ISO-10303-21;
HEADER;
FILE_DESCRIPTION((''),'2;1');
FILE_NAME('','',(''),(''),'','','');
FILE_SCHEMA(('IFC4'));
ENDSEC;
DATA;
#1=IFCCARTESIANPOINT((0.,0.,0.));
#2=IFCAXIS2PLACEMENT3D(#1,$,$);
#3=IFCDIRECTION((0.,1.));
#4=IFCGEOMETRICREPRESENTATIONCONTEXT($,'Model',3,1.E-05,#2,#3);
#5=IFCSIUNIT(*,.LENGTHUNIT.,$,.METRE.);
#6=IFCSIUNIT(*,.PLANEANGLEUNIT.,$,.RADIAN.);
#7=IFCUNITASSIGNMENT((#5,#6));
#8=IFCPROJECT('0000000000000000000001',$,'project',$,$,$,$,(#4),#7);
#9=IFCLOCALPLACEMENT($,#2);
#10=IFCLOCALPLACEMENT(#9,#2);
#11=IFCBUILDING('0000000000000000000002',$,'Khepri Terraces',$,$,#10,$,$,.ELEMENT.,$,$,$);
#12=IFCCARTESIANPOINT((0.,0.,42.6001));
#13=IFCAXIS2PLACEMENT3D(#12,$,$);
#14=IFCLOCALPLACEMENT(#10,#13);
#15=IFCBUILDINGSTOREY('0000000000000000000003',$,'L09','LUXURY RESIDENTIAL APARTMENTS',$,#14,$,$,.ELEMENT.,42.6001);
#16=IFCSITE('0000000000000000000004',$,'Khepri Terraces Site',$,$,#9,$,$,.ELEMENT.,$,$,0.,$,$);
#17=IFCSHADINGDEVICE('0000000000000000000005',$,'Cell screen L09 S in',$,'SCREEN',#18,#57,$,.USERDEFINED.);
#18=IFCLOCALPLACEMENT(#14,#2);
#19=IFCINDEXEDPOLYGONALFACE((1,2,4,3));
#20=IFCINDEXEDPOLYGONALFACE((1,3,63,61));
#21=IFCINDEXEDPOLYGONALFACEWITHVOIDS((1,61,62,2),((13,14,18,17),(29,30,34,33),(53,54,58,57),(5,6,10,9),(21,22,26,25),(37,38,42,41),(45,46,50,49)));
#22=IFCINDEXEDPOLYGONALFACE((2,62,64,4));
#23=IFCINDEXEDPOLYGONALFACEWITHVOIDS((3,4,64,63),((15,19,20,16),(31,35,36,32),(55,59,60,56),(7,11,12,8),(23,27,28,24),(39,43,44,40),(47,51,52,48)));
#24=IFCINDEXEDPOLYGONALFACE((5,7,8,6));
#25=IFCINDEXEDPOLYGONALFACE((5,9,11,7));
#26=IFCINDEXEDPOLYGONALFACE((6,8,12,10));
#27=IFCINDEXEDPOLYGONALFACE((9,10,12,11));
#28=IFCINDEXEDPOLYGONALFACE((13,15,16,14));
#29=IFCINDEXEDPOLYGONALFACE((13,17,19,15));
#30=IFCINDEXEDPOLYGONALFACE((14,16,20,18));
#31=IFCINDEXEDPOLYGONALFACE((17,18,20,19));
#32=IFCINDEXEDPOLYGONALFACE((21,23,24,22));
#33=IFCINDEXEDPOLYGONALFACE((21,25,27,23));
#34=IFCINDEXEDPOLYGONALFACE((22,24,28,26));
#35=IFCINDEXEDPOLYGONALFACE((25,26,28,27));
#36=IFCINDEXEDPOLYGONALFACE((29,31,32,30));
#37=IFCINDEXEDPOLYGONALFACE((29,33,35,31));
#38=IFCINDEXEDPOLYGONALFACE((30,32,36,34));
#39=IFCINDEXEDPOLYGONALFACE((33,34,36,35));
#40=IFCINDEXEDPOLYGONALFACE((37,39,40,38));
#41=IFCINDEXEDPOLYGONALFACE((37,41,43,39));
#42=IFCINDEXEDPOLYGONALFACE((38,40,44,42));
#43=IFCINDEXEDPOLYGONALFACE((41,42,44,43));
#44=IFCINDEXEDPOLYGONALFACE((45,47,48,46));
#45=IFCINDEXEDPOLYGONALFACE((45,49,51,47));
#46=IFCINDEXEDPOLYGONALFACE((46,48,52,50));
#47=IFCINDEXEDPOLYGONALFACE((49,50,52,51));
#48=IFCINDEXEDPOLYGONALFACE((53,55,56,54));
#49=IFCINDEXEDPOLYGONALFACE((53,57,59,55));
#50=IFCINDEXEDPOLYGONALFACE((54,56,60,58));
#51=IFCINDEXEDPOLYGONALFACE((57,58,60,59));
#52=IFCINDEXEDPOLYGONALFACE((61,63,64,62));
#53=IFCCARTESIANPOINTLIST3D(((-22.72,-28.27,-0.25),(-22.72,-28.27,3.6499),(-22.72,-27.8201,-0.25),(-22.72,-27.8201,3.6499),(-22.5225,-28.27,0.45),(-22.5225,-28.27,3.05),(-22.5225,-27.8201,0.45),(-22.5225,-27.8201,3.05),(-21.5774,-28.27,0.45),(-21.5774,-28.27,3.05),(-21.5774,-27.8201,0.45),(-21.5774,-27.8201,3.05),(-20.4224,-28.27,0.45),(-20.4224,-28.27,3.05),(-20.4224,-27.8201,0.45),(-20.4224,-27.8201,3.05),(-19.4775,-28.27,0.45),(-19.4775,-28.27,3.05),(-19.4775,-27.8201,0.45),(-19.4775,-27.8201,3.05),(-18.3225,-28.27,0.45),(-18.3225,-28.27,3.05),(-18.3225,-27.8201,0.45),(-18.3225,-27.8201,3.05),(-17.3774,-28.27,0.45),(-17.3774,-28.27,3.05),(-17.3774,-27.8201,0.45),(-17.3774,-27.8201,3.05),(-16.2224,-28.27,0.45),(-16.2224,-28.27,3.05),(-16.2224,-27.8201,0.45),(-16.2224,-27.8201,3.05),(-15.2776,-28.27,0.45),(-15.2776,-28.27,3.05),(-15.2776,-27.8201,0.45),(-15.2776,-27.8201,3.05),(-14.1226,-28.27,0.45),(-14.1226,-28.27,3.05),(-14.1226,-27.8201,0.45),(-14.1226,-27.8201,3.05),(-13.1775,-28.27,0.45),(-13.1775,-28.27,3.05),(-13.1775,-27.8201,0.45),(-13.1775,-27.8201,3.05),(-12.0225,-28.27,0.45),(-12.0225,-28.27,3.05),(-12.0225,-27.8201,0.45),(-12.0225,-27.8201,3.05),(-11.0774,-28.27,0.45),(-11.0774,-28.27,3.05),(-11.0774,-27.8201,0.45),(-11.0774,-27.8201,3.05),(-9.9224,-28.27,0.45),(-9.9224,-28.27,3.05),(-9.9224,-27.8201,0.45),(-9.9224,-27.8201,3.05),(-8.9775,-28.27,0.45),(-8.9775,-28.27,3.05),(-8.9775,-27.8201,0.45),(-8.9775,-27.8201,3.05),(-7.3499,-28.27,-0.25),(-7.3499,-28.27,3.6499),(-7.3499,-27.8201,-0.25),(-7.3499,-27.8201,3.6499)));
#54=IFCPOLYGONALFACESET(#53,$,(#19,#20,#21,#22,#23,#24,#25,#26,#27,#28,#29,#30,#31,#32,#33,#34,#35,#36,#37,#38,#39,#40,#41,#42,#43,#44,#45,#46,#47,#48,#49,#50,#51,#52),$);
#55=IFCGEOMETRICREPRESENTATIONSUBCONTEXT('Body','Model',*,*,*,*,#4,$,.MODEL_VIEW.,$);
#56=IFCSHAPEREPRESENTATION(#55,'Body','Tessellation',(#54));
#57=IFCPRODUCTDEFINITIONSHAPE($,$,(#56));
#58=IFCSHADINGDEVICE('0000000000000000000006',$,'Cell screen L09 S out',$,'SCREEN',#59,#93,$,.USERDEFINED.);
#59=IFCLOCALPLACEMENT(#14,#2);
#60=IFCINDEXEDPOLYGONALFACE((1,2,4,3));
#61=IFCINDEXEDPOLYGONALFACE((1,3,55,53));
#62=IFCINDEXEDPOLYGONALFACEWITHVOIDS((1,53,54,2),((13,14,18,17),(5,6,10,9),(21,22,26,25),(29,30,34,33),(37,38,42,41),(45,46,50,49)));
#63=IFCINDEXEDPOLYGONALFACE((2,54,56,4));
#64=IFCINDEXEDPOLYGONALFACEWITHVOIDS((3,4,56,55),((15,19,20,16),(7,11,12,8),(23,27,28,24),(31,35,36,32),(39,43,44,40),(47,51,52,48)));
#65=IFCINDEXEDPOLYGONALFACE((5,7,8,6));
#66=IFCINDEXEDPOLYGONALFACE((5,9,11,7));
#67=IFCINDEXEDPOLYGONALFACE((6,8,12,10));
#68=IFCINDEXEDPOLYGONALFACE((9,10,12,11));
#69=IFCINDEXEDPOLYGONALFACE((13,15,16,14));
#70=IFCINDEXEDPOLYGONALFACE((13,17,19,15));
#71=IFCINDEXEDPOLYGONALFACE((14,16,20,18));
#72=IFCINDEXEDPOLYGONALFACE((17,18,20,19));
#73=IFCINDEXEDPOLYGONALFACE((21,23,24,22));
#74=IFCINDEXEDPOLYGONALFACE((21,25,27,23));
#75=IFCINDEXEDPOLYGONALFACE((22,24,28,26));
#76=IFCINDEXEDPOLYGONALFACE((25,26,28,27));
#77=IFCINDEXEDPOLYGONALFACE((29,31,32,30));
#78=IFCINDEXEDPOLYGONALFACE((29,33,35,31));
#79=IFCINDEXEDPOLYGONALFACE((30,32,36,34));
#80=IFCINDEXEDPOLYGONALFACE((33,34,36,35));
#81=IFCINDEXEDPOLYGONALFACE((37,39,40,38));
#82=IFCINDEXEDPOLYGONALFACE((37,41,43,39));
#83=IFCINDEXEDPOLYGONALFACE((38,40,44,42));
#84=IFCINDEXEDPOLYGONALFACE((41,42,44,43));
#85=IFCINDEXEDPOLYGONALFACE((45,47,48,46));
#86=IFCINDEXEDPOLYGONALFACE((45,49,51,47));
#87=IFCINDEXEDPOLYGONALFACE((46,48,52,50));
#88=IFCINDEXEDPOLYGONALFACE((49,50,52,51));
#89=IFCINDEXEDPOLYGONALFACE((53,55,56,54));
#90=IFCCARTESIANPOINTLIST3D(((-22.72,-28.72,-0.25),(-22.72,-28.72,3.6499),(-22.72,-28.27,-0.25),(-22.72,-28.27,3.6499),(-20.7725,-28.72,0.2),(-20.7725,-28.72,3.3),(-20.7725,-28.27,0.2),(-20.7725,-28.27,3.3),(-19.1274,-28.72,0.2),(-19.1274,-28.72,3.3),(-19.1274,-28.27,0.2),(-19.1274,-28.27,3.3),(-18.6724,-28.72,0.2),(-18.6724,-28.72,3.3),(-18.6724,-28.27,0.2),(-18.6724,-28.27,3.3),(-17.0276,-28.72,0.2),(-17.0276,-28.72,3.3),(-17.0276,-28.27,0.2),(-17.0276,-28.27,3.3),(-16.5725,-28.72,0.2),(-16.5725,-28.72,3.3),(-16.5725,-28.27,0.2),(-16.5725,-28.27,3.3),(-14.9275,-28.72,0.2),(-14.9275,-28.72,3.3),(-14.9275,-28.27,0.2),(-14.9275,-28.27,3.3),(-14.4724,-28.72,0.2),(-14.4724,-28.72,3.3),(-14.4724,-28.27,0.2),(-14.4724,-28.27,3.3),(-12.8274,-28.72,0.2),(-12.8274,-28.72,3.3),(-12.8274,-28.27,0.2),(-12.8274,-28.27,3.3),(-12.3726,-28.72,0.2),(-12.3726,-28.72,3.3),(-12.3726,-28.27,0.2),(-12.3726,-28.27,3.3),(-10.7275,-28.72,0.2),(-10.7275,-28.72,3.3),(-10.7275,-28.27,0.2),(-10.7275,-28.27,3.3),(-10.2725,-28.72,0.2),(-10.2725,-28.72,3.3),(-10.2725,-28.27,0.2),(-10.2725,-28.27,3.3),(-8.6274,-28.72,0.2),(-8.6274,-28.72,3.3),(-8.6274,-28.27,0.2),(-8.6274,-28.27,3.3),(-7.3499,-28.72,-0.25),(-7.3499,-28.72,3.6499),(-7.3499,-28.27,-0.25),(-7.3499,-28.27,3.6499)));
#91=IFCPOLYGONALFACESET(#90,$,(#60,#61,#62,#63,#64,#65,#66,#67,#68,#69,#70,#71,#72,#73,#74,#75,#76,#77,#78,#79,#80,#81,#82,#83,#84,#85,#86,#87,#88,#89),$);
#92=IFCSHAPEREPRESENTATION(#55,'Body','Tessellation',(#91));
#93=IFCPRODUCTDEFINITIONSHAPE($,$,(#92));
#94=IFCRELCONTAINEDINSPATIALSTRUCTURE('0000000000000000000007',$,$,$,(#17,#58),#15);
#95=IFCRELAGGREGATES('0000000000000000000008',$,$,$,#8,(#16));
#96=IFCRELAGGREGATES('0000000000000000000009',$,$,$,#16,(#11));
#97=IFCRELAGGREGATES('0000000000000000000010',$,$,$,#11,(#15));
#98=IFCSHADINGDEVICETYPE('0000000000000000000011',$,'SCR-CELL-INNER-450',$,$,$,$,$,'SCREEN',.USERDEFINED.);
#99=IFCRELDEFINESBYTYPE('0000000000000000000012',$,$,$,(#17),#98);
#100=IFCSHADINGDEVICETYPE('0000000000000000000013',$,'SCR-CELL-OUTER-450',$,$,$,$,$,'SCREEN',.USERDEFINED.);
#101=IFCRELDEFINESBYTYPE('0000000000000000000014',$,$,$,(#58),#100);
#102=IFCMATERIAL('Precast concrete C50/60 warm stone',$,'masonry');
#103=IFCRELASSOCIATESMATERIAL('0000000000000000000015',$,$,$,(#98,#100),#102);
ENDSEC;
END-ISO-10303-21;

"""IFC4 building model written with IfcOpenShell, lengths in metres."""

from ifc_helpers import new_model, si_unit, direction, frame, origin, place, context, subcontext, project, spatial, polyline, outline, extrude, material, type_object, element, save


model = new_model("IFC4")

# Units and contexts
model_context = context("Model", 3, precision=1e-05, world=origin(), true_north=direction((0.0, 1.0)))
body_context = subcontext(model_context, "Body", "Model", "MODEL_VIEW")
ifc_project = project(units=[si_unit("LENGTHUNIT", "METRE"), si_unit("PLANEANGLEUNIT", "RADIAN")], contexts=[model_context])

# Site, building, storey
site_placement = place(None, origin())
site = spatial("IfcSite", under=ifc_project, at=site_placement, Name="Khepri Terraces Site", CompositionType="ELEMENT", RefElevation=0.0)
building_placement = place(site_placement, origin())
building = spatial("IfcBuilding", under=site, at=building_placement, Name="Khepri Terraces", CompositionType="ELEMENT")
storey_placement = place(building_placement, frame((0.0, 0.0, 42.6001)))
storey = spatial("IfcBuildingStorey", under=building, at=storey_placement, Name="L09", Description="LUXURY RESIDENTIAL APARTMENTS", CompositionType="ELEMENT", Elevation=42.6001)

# Shared definitions
ifc_material_1 = material(Name="Precast concrete C50/60 warm stone", Category="masonry")

# Shading devices
shading_device_type_1 = type_object("IfcShadingDeviceType", Name="SCR-CELL-INNER-450", ElementType="SCREEN", PredefinedType="USERDEFINED", material=ifc_material_1)
shading_device_1_placement = place(storey_placement, frame((-22.72, -27.8201, -0.25), z_axis=(0.0, -1.0, 0.0), x_axis=(1.0, 0.0, 0.0)))
element("IfcShadingDevice", 1, at=shading_device_1_placement, inside=storey, type_object=shading_device_type_1, Name="Cell screen L09 S in", ObjectType="SCREEN", PredefinedType="USERDEFINED", context=body_context, shape_type="SweptSolid", body=[
    extrude(outline(polyline([(0.0, 0.0), (15.3701, 0.0), (15.3701, 3.8999), (0.0, 3.8999), (0.0, 0.0)]), holes=[polyline([(0.1975, 0.7), (1.1426, 0.7), (1.1426, 3.3), (0.1975, 3.3), (0.1975, 0.7)]), polyline([(2.2976, 0.7), (3.2424, 0.7), (3.2424, 3.3), (2.2976, 3.3), (2.2976, 0.7)]), polyline([(4.3975, 0.7), (5.3425, 0.7), (5.3425, 3.3), (4.3975, 3.3), (4.3975, 0.7)]), polyline([(6.4976, 0.7), (7.4424, 0.7), (7.4424, 3.3), (6.4976, 3.3), (6.4976, 0.7)]), polyline([(8.5974, 0.7), (9.5425, 0.7), (9.5425, 3.3), (8.5974, 3.3), (8.5974, 0.7)]), polyline([(10.6975, 0.7), (11.6426, 0.7), (11.6426, 3.3), (10.6975, 3.3), (10.6975, 0.7)]), polyline([(12.7976, 0.7), (13.7424, 0.7), (13.7424, 3.3), (12.7976, 3.3), (12.7976, 0.7)])]), origin(), (0.0, 0.0, 1.0), 0.45),
])
shading_device_type_2 = type_object("IfcShadingDeviceType", Name="SCR-CELL-OUTER-450", ElementType="SCREEN", PredefinedType="USERDEFINED", material=ifc_material_1)
shading_device_2_placement = place(storey_placement, frame((-22.72, -28.27, -0.25), z_axis=(0.0, -1.0, 0.0), x_axis=(1.0, 0.0, 0.0)))
element("IfcShadingDevice", 2, at=shading_device_2_placement, inside=storey, type_object=shading_device_type_2, Name="Cell screen L09 S out", ObjectType="SCREEN", PredefinedType="USERDEFINED", context=body_context, shape_type="SweptSolid", body=[
    extrude(outline(polyline([(0.0, 0.0), (15.3701, 0.0), (15.3701, 3.8999), (0.0, 3.8999), (0.0, 0.0)]), holes=[polyline([(1.9475, 0.45), (3.5925, 0.45), (3.5925, 3.55), (1.9475, 3.55), (1.9475, 0.45)]), polyline([(4.0476, 0.45), (5.6924, 0.45), (5.6924, 3.55), (4.0476, 3.55), (4.0476, 0.45)]), polyline([(6.1475, 0.45), (7.7925, 0.45), (7.7925, 3.55), (6.1475, 3.55), (6.1475, 0.45)]), polyline([(8.2476, 0.45), (9.8926, 0.45), (9.8926, 3.55), (8.2476, 3.55), (8.2476, 0.45)]), polyline([(10.3474, 0.45), (11.9924, 0.45), (11.9924, 3.55), (10.3474, 3.55), (10.3474, 0.45)]), polyline([(12.4475, 0.45), (14.0925, 0.45), (14.0925, 3.55), (12.4475, 3.55), (12.4475, 0.45)])]), origin(), (0.0, 0.0, 1.0), 0.45),
])

save(model, "model.ifc")
